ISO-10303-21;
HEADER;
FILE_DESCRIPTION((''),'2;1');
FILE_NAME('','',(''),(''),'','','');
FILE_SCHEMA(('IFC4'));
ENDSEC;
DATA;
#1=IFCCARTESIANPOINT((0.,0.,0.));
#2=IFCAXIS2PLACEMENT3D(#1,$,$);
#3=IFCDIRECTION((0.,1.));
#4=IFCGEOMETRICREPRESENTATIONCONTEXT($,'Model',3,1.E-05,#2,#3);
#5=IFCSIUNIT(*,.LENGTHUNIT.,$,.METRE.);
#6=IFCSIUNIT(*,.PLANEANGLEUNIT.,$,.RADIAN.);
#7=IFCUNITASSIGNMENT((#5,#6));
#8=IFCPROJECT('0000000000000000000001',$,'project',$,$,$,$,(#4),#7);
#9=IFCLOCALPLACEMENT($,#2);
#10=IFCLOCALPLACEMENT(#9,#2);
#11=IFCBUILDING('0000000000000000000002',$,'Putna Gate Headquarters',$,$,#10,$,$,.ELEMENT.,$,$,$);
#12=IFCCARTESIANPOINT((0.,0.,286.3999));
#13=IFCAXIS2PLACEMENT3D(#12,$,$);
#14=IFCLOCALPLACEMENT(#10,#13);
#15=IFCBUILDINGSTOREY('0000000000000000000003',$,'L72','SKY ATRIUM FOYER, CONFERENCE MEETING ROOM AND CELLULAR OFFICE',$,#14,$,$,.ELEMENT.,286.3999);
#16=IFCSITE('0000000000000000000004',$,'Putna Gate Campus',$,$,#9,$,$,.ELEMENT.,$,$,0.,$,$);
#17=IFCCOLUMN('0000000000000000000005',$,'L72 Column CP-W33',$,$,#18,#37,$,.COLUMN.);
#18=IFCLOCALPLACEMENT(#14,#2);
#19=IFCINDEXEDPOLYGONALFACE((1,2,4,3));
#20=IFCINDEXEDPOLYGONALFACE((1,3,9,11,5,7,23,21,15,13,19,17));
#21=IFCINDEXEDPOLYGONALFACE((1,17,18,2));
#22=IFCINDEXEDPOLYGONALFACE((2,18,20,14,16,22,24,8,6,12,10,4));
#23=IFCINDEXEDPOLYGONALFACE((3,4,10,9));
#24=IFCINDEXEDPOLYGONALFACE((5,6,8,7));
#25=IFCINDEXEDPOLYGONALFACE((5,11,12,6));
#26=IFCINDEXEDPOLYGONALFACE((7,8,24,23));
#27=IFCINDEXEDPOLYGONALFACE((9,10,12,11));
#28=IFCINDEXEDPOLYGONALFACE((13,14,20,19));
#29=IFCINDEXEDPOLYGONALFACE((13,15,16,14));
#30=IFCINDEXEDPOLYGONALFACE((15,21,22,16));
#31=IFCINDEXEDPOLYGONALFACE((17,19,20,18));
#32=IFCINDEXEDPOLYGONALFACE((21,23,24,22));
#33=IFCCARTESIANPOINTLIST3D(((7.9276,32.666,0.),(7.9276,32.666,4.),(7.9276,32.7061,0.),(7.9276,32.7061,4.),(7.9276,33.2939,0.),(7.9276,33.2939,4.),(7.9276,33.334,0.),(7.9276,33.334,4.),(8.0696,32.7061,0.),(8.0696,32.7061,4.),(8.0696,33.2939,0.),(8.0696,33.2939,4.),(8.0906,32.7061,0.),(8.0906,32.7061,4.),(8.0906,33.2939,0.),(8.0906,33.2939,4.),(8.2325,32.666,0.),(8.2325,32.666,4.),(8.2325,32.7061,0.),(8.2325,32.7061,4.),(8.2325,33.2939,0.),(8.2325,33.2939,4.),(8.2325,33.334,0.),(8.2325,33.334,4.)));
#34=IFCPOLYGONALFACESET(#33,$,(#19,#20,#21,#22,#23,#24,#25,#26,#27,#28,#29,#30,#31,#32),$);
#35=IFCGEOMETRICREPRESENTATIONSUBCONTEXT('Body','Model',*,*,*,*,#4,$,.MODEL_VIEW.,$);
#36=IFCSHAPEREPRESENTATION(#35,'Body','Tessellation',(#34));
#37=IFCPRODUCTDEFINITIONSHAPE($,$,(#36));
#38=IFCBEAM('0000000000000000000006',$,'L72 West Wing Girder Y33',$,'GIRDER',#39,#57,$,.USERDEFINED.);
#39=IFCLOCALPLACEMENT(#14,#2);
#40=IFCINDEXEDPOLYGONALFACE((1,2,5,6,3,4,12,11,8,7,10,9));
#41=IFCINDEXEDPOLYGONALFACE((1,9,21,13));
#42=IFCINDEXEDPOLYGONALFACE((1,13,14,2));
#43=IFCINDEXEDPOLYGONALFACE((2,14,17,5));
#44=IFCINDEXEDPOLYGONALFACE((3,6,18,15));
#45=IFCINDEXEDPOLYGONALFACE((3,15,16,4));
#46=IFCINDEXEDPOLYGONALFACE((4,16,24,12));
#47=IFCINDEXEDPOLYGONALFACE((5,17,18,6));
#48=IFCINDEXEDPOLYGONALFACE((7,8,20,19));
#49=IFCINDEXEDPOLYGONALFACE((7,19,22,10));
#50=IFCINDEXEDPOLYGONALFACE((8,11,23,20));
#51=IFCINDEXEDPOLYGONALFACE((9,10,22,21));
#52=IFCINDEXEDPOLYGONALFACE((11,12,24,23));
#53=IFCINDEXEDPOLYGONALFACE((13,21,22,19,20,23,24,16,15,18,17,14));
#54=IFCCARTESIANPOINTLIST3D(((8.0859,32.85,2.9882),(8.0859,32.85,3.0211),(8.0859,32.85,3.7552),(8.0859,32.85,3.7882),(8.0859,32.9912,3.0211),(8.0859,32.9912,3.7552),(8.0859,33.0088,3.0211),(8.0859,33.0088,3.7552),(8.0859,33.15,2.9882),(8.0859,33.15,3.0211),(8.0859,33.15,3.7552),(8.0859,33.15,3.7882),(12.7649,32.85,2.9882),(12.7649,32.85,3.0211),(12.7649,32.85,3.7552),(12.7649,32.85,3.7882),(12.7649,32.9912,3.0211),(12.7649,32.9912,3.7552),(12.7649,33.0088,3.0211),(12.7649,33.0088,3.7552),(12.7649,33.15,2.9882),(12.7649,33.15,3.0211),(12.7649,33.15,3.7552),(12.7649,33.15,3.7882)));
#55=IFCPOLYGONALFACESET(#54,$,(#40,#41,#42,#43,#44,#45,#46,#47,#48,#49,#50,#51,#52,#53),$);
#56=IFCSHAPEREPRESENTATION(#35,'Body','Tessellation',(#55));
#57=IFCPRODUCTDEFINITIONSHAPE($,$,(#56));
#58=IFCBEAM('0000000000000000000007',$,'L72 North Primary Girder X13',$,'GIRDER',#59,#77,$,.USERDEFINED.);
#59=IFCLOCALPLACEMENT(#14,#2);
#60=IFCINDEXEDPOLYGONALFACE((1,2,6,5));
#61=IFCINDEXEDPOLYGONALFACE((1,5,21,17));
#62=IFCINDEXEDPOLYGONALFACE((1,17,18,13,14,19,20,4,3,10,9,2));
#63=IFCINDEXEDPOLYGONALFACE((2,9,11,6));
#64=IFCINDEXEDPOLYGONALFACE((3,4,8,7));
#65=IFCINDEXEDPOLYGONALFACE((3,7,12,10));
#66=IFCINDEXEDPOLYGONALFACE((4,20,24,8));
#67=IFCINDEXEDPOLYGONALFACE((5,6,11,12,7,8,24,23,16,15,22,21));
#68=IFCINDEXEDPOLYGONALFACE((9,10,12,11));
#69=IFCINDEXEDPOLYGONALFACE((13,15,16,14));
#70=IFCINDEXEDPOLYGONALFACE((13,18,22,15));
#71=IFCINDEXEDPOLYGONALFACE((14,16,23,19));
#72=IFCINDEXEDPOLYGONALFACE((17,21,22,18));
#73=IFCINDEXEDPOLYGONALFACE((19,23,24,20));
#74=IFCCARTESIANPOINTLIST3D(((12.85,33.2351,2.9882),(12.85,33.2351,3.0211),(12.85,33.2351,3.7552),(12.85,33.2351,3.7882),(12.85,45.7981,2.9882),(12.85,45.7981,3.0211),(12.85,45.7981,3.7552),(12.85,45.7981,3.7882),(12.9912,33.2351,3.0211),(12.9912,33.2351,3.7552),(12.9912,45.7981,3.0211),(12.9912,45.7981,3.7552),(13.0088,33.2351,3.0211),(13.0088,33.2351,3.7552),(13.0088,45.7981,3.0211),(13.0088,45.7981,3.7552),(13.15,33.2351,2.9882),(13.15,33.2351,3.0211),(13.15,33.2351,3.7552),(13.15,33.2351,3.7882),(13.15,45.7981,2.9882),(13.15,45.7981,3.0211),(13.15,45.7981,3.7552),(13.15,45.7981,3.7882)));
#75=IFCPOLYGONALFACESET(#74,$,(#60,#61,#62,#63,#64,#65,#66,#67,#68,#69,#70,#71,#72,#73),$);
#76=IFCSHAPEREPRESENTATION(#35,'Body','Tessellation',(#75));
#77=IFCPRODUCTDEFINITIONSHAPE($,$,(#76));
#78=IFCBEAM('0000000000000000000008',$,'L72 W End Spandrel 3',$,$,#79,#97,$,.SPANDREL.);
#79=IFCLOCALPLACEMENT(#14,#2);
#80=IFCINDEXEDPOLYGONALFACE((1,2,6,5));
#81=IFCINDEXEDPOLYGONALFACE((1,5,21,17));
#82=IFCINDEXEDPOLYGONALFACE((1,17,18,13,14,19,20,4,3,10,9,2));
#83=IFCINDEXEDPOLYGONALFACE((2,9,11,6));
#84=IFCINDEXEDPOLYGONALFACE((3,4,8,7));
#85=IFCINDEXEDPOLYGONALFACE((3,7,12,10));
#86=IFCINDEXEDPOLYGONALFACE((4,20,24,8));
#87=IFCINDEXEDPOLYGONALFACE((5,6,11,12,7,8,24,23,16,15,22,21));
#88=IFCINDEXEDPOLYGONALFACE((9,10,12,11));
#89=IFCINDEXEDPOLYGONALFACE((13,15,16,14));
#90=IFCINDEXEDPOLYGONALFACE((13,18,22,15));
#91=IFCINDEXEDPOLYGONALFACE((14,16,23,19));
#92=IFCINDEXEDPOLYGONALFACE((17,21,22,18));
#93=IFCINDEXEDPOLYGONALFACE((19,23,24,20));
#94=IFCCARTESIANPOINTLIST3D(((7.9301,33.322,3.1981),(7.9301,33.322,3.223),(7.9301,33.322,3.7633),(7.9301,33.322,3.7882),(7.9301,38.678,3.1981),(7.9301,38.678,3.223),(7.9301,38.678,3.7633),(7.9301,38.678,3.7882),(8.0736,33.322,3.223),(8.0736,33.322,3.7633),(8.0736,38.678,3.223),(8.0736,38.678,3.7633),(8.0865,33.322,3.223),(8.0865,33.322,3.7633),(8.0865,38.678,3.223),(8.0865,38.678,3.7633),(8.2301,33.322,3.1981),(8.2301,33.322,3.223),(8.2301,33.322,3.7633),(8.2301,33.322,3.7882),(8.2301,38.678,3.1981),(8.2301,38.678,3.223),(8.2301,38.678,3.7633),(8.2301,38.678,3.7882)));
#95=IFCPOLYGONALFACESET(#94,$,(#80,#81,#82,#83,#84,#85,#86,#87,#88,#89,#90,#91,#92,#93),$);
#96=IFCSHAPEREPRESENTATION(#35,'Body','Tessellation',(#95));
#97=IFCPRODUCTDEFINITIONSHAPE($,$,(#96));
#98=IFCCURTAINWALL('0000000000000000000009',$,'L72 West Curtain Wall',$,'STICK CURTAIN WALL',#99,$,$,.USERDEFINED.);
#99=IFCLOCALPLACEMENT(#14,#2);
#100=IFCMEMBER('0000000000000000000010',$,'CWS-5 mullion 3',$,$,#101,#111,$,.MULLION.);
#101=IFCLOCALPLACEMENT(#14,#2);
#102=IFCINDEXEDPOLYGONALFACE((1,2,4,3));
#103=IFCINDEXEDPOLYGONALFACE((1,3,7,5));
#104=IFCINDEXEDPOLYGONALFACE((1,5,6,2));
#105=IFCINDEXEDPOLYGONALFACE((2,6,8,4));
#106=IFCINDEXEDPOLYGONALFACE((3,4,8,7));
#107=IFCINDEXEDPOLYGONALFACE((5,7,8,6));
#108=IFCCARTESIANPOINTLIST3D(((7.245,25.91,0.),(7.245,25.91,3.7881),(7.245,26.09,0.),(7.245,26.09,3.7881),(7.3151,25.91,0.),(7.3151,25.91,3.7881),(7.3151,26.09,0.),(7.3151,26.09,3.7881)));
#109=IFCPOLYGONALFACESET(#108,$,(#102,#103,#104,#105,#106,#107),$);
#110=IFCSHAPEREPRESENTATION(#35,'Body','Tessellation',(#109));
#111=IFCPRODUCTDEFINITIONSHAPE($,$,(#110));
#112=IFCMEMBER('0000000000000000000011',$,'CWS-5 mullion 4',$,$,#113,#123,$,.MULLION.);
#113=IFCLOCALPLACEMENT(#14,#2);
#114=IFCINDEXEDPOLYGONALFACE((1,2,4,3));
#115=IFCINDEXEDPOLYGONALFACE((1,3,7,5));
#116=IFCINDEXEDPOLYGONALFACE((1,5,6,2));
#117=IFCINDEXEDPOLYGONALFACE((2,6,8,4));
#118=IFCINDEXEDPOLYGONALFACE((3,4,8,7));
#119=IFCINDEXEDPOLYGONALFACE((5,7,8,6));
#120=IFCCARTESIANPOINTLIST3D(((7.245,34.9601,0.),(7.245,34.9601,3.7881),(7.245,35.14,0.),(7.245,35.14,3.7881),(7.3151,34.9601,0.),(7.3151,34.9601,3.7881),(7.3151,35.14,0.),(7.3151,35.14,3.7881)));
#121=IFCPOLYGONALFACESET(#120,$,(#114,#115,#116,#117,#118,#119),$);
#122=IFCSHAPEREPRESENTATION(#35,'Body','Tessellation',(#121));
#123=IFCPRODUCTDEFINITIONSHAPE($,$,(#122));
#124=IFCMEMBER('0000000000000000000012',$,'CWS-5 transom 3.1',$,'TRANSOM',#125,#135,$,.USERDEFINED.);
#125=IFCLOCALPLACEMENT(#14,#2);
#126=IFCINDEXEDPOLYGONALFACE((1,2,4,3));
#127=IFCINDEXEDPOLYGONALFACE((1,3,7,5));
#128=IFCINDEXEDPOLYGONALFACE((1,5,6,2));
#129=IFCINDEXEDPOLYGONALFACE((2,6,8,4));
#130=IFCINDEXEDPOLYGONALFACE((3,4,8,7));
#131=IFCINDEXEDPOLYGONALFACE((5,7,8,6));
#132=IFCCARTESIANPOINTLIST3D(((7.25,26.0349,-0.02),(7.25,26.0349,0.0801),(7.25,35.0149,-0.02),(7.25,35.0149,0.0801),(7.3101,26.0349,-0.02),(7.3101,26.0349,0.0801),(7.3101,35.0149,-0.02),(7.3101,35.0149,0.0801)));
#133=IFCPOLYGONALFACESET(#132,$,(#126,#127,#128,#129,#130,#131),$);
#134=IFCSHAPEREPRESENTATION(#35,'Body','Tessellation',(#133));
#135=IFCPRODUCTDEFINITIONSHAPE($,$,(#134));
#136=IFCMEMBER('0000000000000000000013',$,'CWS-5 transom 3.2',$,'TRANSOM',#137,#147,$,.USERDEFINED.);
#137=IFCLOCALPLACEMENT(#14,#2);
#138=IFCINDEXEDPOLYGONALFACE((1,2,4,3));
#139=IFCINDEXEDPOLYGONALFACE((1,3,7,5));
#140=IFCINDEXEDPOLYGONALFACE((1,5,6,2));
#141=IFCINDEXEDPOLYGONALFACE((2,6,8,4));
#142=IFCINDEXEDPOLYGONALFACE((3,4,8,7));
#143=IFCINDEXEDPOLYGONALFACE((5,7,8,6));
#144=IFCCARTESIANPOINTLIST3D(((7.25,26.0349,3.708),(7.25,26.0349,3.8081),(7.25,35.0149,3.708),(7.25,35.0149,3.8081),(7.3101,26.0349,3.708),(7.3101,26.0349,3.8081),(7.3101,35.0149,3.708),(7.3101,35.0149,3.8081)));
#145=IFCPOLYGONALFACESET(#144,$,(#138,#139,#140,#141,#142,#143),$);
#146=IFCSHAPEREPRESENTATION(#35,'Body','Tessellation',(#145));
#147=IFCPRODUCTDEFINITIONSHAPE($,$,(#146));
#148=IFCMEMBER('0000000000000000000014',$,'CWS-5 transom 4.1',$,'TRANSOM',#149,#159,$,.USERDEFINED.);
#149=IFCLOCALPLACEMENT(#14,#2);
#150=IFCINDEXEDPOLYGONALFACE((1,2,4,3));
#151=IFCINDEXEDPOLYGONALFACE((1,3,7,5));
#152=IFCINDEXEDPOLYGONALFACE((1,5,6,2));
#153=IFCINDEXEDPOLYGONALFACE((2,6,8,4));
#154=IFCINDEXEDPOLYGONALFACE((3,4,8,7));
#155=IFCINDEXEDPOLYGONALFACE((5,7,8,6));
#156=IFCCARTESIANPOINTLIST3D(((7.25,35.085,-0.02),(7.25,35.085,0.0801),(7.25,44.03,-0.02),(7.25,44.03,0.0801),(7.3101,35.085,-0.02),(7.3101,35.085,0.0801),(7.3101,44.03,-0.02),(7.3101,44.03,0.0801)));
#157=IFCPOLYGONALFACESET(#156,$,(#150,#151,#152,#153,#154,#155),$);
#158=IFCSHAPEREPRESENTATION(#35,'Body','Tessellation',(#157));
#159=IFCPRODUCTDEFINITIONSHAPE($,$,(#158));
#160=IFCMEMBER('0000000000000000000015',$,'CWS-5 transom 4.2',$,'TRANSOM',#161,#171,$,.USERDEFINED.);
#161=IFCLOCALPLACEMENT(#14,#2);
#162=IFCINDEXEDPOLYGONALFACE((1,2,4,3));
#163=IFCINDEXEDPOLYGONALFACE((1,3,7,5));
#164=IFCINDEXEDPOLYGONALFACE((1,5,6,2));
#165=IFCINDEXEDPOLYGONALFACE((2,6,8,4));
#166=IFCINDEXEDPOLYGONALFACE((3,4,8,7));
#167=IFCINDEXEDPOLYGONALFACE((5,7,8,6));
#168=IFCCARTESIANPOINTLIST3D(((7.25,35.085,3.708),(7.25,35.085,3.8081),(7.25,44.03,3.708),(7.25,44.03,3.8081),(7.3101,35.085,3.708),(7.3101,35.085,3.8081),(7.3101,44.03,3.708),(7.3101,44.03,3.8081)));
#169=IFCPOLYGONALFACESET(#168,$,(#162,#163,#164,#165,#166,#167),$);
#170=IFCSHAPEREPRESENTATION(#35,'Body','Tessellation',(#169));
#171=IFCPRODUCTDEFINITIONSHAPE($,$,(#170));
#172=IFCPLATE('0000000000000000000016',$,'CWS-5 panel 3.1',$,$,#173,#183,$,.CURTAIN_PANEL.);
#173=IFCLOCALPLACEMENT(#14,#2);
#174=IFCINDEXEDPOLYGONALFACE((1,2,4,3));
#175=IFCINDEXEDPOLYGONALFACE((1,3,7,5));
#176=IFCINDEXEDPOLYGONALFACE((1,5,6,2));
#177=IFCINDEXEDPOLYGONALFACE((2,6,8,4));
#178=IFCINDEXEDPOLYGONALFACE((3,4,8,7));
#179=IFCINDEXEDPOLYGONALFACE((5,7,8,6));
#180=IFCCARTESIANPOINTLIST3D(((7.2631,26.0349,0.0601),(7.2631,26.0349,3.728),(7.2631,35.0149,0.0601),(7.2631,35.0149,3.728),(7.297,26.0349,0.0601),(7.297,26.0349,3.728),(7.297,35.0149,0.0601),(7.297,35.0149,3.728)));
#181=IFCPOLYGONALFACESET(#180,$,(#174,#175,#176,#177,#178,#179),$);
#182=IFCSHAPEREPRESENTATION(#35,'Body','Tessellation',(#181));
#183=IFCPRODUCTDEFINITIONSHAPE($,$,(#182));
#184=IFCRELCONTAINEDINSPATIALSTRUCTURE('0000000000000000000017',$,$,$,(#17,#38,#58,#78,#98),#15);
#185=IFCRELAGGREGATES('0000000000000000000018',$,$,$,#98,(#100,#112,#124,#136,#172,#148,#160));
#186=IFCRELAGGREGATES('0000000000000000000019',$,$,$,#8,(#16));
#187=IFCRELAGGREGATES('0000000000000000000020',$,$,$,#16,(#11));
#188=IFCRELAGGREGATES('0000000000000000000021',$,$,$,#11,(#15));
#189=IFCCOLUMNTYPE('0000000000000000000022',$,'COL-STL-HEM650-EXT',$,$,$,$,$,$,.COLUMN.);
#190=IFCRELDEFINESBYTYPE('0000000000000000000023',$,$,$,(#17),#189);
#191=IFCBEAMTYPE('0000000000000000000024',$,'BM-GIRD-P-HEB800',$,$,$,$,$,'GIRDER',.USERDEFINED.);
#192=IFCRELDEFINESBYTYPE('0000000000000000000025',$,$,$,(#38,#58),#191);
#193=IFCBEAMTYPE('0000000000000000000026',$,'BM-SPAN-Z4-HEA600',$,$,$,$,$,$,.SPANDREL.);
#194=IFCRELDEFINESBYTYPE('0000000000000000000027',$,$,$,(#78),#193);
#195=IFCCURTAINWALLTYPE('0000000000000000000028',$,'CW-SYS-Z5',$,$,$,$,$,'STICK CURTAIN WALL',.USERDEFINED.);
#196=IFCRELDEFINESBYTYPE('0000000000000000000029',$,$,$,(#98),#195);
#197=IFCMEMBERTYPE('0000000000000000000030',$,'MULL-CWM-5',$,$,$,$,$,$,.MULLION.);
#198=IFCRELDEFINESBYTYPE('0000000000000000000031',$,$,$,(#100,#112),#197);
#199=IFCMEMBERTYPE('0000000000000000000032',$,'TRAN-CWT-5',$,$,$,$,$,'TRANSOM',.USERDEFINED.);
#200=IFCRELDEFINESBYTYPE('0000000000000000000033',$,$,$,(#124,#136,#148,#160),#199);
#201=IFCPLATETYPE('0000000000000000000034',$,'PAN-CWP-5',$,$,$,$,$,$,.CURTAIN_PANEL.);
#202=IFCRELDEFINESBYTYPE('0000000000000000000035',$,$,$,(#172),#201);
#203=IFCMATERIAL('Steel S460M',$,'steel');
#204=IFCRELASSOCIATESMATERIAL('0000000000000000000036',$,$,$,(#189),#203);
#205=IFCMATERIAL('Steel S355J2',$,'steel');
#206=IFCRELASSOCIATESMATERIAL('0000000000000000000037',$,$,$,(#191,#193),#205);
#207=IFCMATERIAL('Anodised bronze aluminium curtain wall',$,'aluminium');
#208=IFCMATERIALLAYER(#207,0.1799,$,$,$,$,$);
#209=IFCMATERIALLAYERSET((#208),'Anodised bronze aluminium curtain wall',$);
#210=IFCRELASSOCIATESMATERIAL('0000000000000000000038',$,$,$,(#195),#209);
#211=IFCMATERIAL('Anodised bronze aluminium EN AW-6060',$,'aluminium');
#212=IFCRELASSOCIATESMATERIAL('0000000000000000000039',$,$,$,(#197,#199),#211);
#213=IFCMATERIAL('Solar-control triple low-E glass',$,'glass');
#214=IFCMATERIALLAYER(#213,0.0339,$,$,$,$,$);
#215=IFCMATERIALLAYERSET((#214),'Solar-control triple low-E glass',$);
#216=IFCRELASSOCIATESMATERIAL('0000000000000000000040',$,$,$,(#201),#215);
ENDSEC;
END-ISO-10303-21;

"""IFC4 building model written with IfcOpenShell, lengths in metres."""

from ifc_helpers import new_model, si_unit, direction, frame, origin, origin_2d, place, context, subcontext, project, spatial, rectangle, i_section, extrude, material, layer, layer_set, material_profile, profile_set, type_object, element, aggregate, save


model = new_model("IFC4")

# Units and contexts
model_context = context("Model", 3, precision=1e-05, world=origin(), true_north=direction((0.0, 1.0)))
body_context = subcontext(model_context, "Body", "Model", "MODEL_VIEW")
ifc_project = project(units=[si_unit("LENGTHUNIT", "METRE"), si_unit("PLANEANGLEUNIT", "RADIAN")], contexts=[model_context])

# Site, building, storey
site_placement = place(None, origin())
site = spatial("IfcSite", under=ifc_project, at=site_placement, Name="Putna Gate Campus", CompositionType="ELEMENT", RefElevation=0.0)
building_placement = place(site_placement, origin())
building = spatial("IfcBuilding", under=site, at=building_placement, Name="Putna Gate Headquarters", CompositionType="ELEMENT")
storey_placement = place(building_placement, frame((0.0, 0.0, 286.3999)))
storey = spatial("IfcBuildingStorey", under=building, at=storey_placement, Name="L72", Description="SKY ATRIUM FOYER, CONFERENCE MEETING ROOM AND CELLULAR OFFICE", CompositionType="ELEMENT", Elevation=286.3999)

# Column
ifc_material_1 = material(Name="Steel S460M", Category="steel")
ifc_material_profile_1 = material_profile(ifc_material_1, i_section(OverallWidth=0.3049, OverallDepth=0.668, WebThickness=0.021, FlangeThickness=0.04, at=origin_2d()), Name="Steel S460M")
ifc_profile_set_1 = profile_set([ifc_material_profile_1], Name="Steel S460M")
column_type = type_object("IfcColumnType", Name="COL-STL-HEM650-EXT", PredefinedType="COLUMN", material=ifc_profile_set_1)
column_placement = place(storey_placement, frame((8.0801, 33.0, 0.0), z_axis=(0.0, 0.0, 1.0), x_axis=(1.0, 0.0, 0.0)))
element("IfcColumn", 1, at=column_placement, inside=storey, type_object=column_type, Name="L72 Column CP-W33", PredefinedType="COLUMN", context=body_context, shape_type="SweptSolid", body=[
    extrude(i_section(OverallWidth=0.3049, OverallDepth=0.668, WebThickness=0.021, FlangeThickness=0.04, at=origin_2d()), origin(), (0.0, 0.0, 1.0), 4.0),
])

# Beams
ifc_material_2 = material(Name="Steel S355J2", Category="steel")
ifc_material_profile_2 = material_profile(ifc_material_2, i_section(OverallWidth=0.3, OverallDepth=0.8, WebThickness=0.0176, FlangeThickness=0.033, at=origin_2d()), Name="Steel S355J2")
ifc_profile_set_2 = profile_set([ifc_material_profile_2], Name="Steel S355J2")
beam_type_1 = type_object("IfcBeamType", Name="BM-GIRD-P-HEB800", ElementType="GIRDER", PredefinedType="USERDEFINED", material=ifc_profile_set_2)
beam_1_placement = place(storey_placement, frame((8.0859, 33.0, 3.3882), z_axis=(1.0, 0.0, 0.0), x_axis=(0.0, 1.0, 0.0)))
element("IfcBeam", 2, at=beam_1_placement, inside=storey, type_object=beam_type_1, Name="L72 West Wing Girder Y33", ObjectType="GIRDER", PredefinedType="USERDEFINED", context=body_context, shape_type="SweptSolid", body=[
    extrude(i_section(OverallWidth=0.3, OverallDepth=0.8, WebThickness=0.0176, FlangeThickness=0.033, at=origin_2d()), origin(), (0.0, 0.0, 1.0), 4.679),
])
beam_2_placement = place(storey_placement, frame((13.0, 33.2351, 3.3882), z_axis=(0.0, 1.0, 0.0), x_axis=(-1.0, 0.0, 0.0)))
element("IfcBeam", 3, at=beam_2_placement, inside=storey, type_object=beam_type_1, Name="L72 North Primary Girder X13", ObjectType="GIRDER", PredefinedType="USERDEFINED", context=body_context, shape_type="SweptSolid", body=[
    extrude(i_section(OverallWidth=0.3, OverallDepth=0.8, WebThickness=0.0176, FlangeThickness=0.033, at=origin_2d()), origin(), (0.0, 0.0, 1.0), 12.563),
])
ifc_material_profile_3 = material_profile(ifc_material_2, i_section(OverallWidth=0.3, OverallDepth=0.5901, WebThickness=0.0129, FlangeThickness=0.0249, at=origin_2d()), Name="Steel S355J2")
ifc_profile_set_3 = profile_set([ifc_material_profile_3], Name="Steel S355J2")
beam_type_2 = type_object("IfcBeamType", Name="BM-SPAN-Z4-HEA600", PredefinedType="SPANDREL", material=ifc_profile_set_3)
beam_3_placement = place(storey_placement, frame((8.0801, 33.322, 3.4932), z_axis=(0.0, 1.0, 0.0), x_axis=(-1.0, 0.0, 0.0)))
element("IfcBeam", 4, at=beam_3_placement, inside=storey, type_object=beam_type_2, Name="L72 W End Spandrel 3", PredefinedType="SPANDREL", context=body_context, shape_type="SweptSolid", body=[
    extrude(i_section(OverallWidth=0.3, OverallDepth=0.5901, WebThickness=0.0129, FlangeThickness=0.0249, at=origin_2d()), origin(), (0.0, 0.0, 1.0), 5.356),
])

# Curtain wall, members, plate
ifc_material_3 = material(Name="Anodised bronze aluminium curtain wall", Category="aluminium")
ifc_layer_1 = layer(ifc_material_3, 0.1799)
ifc_layer_set_1 = layer_set([ifc_layer_1], Name="Anodised bronze aluminium curtain wall")
curtain_wall_type = type_object("IfcCurtainWallType", Name="CW-SYS-Z5", ElementType="STICK CURTAIN WALL", PredefinedType="USERDEFINED", material=ifc_layer_set_1)
curtain_wall_placement = place(storey_placement, origin())
curtain_wall = element("IfcCurtainWall", 5, at=curtain_wall_placement, inside=storey, type_object=curtain_wall_type, Name="L72 West Curtain Wall", ObjectType="STICK CURTAIN WALL", PredefinedType="USERDEFINED")
ifc_material_4 = material(Name="Anodised bronze aluminium EN AW-6060", Category="aluminium")
ifc_material_profile_4 = material_profile(ifc_material_4, rectangle(XDim=0.0701, YDim=0.1799, at=origin_2d()), Name="Anodised bronze aluminium EN AW-6060")
ifc_profile_set_4 = profile_set([ifc_material_profile_4], Name="Anodised bronze aluminium EN AW-6060")
member_type_1 = type_object("IfcMemberType", Name="MULL-CWM-5", PredefinedType="MULLION", material=ifc_profile_set_4)
member_1_placement = place(storey_placement, frame((7.28, 26.0, 0.0), z_axis=(0.0, 0.0, 1.0), x_axis=(-1.0, 0.0, 0.0)))
member_1 = element("IfcMember", 6, at=member_1_placement, type_object=member_type_1, Name="CWS-5 mullion 3", PredefinedType="MULLION", context=body_context, shape_type="SweptSolid", body=[
    extrude(rectangle(XDim=0.0701, YDim=0.1799, at=origin_2d()), origin(), (0.0, 0.0, 1.0), 3.7881),
])
member_2_placement = place(storey_placement, frame((7.28, 35.05, 0.0), z_axis=(0.0, 0.0, 1.0), x_axis=(-1.0, 0.0, 0.0)))
member_2 = element("IfcMember", 7, at=member_2_placement, type_object=member_type_1, Name="CWS-5 mullion 4", PredefinedType="MULLION", context=body_context, shape_type="SweptSolid", body=[
    extrude(rectangle(XDim=0.0701, YDim=0.1799, at=origin_2d()), origin(), (0.0, 0.0, 1.0), 3.7881),
])
ifc_material_profile_5 = material_profile(ifc_material_4, rectangle(XDim=0.0601, YDim=0.1001, at=origin_2d()), Name="Anodised bronze aluminium EN AW-6060")
ifc_profile_set_5 = profile_set([ifc_material_profile_5], Name="Anodised bronze aluminium EN AW-6060")
member_type_2 = type_object("IfcMemberType", Name="TRAN-CWT-5", ElementType="TRANSOM", PredefinedType="USERDEFINED", material=ifc_profile_set_5)
member_3_placement = place(storey_placement, frame((7.28, 26.0349, 0.03), z_axis=(0.0, 1.0, 0.0), x_axis=(-1.0, 0.0, 0.0)))
member_3 = element("IfcMember", 8, at=member_3_placement, type_object=member_type_2, Name="CWS-5 transom 3.1", ObjectType="TRANSOM", PredefinedType="USERDEFINED", context=body_context, shape_type="SweptSolid", body=[
    extrude(rectangle(XDim=0.0601, YDim=0.1001, at=origin_2d()), origin(), (0.0, 0.0, 1.0), 8.98),
])
member_4_placement = place(storey_placement, frame((7.28, 26.0349, 3.7581), z_axis=(0.0, 1.0, 0.0), x_axis=(-1.0, 0.0, 0.0)))
member_4 = element("IfcMember", 9, at=member_4_placement, type_object=member_type_2, Name="CWS-5 transom 3.2", ObjectType="TRANSOM", PredefinedType="USERDEFINED", context=body_context, shape_type="SweptSolid", body=[
    extrude(rectangle(XDim=0.0601, YDim=0.1001, at=origin_2d()), origin(), (0.0, 0.0, 1.0), 8.98),
])
member_5_placement = place(storey_placement, frame((7.28, 35.085, 0.03), z_axis=(0.0, 1.0, 0.0), x_axis=(-1.0, 0.0, 0.0)))
member_5 = element("IfcMember", 10, at=member_5_placement, type_object=member_type_2, Name="CWS-5 transom 4.1", ObjectType="TRANSOM", PredefinedType="USERDEFINED", context=body_context, shape_type="SweptSolid", body=[
    extrude(rectangle(XDim=0.0601, YDim=0.1001, at=origin_2d()), origin(), (0.0, 0.0, 1.0), 8.9451),
])
member_6_placement = place(storey_placement, frame((7.28, 35.085, 3.7581), z_axis=(0.0, 1.0, 0.0), x_axis=(-1.0, 0.0, 0.0)))
member_6 = element("IfcMember", 11, at=member_6_placement, type_object=member_type_2, Name="CWS-5 transom 4.2", ObjectType="TRANSOM", PredefinedType="USERDEFINED", context=body_context, shape_type="SweptSolid", body=[
    extrude(rectangle(XDim=0.0601, YDim=0.1001, at=origin_2d()), origin(), (0.0, 0.0, 1.0), 8.9451),
])
ifc_material_5 = material(Name="Solar-control triple low-E glass", Category="glass")
ifc_layer_2 = layer(ifc_material_5, 0.0339)
ifc_layer_set_2 = layer_set([ifc_layer_2], Name="Solar-control triple low-E glass")
plate_type = type_object("IfcPlateType", Name="PAN-CWP-5", PredefinedType="CURTAIN_PANEL", material=ifc_layer_set_2)
plate_placement = place(storey_placement, frame((7.28, 30.5249, 0.0601), z_axis=(0.0, 0.0, 1.0), x_axis=(0.0, 1.0, 0.0)))
plate = element("IfcPlate", 12, at=plate_placement, type_object=plate_type, Name="CWS-5 panel 3.1", PredefinedType="CURTAIN_PANEL", context=body_context, shape_type="SweptSolid", body=[
    extrude(rectangle(XDim=8.98, YDim=0.0339, at=origin_2d()), origin(), (0.0, 0.0, 1.0), 3.668),
])
aggregate(curtain_wall, [member_1, member_2, member_3, member_4, plate, member_5, member_6])

save(model, "model.ifc")
